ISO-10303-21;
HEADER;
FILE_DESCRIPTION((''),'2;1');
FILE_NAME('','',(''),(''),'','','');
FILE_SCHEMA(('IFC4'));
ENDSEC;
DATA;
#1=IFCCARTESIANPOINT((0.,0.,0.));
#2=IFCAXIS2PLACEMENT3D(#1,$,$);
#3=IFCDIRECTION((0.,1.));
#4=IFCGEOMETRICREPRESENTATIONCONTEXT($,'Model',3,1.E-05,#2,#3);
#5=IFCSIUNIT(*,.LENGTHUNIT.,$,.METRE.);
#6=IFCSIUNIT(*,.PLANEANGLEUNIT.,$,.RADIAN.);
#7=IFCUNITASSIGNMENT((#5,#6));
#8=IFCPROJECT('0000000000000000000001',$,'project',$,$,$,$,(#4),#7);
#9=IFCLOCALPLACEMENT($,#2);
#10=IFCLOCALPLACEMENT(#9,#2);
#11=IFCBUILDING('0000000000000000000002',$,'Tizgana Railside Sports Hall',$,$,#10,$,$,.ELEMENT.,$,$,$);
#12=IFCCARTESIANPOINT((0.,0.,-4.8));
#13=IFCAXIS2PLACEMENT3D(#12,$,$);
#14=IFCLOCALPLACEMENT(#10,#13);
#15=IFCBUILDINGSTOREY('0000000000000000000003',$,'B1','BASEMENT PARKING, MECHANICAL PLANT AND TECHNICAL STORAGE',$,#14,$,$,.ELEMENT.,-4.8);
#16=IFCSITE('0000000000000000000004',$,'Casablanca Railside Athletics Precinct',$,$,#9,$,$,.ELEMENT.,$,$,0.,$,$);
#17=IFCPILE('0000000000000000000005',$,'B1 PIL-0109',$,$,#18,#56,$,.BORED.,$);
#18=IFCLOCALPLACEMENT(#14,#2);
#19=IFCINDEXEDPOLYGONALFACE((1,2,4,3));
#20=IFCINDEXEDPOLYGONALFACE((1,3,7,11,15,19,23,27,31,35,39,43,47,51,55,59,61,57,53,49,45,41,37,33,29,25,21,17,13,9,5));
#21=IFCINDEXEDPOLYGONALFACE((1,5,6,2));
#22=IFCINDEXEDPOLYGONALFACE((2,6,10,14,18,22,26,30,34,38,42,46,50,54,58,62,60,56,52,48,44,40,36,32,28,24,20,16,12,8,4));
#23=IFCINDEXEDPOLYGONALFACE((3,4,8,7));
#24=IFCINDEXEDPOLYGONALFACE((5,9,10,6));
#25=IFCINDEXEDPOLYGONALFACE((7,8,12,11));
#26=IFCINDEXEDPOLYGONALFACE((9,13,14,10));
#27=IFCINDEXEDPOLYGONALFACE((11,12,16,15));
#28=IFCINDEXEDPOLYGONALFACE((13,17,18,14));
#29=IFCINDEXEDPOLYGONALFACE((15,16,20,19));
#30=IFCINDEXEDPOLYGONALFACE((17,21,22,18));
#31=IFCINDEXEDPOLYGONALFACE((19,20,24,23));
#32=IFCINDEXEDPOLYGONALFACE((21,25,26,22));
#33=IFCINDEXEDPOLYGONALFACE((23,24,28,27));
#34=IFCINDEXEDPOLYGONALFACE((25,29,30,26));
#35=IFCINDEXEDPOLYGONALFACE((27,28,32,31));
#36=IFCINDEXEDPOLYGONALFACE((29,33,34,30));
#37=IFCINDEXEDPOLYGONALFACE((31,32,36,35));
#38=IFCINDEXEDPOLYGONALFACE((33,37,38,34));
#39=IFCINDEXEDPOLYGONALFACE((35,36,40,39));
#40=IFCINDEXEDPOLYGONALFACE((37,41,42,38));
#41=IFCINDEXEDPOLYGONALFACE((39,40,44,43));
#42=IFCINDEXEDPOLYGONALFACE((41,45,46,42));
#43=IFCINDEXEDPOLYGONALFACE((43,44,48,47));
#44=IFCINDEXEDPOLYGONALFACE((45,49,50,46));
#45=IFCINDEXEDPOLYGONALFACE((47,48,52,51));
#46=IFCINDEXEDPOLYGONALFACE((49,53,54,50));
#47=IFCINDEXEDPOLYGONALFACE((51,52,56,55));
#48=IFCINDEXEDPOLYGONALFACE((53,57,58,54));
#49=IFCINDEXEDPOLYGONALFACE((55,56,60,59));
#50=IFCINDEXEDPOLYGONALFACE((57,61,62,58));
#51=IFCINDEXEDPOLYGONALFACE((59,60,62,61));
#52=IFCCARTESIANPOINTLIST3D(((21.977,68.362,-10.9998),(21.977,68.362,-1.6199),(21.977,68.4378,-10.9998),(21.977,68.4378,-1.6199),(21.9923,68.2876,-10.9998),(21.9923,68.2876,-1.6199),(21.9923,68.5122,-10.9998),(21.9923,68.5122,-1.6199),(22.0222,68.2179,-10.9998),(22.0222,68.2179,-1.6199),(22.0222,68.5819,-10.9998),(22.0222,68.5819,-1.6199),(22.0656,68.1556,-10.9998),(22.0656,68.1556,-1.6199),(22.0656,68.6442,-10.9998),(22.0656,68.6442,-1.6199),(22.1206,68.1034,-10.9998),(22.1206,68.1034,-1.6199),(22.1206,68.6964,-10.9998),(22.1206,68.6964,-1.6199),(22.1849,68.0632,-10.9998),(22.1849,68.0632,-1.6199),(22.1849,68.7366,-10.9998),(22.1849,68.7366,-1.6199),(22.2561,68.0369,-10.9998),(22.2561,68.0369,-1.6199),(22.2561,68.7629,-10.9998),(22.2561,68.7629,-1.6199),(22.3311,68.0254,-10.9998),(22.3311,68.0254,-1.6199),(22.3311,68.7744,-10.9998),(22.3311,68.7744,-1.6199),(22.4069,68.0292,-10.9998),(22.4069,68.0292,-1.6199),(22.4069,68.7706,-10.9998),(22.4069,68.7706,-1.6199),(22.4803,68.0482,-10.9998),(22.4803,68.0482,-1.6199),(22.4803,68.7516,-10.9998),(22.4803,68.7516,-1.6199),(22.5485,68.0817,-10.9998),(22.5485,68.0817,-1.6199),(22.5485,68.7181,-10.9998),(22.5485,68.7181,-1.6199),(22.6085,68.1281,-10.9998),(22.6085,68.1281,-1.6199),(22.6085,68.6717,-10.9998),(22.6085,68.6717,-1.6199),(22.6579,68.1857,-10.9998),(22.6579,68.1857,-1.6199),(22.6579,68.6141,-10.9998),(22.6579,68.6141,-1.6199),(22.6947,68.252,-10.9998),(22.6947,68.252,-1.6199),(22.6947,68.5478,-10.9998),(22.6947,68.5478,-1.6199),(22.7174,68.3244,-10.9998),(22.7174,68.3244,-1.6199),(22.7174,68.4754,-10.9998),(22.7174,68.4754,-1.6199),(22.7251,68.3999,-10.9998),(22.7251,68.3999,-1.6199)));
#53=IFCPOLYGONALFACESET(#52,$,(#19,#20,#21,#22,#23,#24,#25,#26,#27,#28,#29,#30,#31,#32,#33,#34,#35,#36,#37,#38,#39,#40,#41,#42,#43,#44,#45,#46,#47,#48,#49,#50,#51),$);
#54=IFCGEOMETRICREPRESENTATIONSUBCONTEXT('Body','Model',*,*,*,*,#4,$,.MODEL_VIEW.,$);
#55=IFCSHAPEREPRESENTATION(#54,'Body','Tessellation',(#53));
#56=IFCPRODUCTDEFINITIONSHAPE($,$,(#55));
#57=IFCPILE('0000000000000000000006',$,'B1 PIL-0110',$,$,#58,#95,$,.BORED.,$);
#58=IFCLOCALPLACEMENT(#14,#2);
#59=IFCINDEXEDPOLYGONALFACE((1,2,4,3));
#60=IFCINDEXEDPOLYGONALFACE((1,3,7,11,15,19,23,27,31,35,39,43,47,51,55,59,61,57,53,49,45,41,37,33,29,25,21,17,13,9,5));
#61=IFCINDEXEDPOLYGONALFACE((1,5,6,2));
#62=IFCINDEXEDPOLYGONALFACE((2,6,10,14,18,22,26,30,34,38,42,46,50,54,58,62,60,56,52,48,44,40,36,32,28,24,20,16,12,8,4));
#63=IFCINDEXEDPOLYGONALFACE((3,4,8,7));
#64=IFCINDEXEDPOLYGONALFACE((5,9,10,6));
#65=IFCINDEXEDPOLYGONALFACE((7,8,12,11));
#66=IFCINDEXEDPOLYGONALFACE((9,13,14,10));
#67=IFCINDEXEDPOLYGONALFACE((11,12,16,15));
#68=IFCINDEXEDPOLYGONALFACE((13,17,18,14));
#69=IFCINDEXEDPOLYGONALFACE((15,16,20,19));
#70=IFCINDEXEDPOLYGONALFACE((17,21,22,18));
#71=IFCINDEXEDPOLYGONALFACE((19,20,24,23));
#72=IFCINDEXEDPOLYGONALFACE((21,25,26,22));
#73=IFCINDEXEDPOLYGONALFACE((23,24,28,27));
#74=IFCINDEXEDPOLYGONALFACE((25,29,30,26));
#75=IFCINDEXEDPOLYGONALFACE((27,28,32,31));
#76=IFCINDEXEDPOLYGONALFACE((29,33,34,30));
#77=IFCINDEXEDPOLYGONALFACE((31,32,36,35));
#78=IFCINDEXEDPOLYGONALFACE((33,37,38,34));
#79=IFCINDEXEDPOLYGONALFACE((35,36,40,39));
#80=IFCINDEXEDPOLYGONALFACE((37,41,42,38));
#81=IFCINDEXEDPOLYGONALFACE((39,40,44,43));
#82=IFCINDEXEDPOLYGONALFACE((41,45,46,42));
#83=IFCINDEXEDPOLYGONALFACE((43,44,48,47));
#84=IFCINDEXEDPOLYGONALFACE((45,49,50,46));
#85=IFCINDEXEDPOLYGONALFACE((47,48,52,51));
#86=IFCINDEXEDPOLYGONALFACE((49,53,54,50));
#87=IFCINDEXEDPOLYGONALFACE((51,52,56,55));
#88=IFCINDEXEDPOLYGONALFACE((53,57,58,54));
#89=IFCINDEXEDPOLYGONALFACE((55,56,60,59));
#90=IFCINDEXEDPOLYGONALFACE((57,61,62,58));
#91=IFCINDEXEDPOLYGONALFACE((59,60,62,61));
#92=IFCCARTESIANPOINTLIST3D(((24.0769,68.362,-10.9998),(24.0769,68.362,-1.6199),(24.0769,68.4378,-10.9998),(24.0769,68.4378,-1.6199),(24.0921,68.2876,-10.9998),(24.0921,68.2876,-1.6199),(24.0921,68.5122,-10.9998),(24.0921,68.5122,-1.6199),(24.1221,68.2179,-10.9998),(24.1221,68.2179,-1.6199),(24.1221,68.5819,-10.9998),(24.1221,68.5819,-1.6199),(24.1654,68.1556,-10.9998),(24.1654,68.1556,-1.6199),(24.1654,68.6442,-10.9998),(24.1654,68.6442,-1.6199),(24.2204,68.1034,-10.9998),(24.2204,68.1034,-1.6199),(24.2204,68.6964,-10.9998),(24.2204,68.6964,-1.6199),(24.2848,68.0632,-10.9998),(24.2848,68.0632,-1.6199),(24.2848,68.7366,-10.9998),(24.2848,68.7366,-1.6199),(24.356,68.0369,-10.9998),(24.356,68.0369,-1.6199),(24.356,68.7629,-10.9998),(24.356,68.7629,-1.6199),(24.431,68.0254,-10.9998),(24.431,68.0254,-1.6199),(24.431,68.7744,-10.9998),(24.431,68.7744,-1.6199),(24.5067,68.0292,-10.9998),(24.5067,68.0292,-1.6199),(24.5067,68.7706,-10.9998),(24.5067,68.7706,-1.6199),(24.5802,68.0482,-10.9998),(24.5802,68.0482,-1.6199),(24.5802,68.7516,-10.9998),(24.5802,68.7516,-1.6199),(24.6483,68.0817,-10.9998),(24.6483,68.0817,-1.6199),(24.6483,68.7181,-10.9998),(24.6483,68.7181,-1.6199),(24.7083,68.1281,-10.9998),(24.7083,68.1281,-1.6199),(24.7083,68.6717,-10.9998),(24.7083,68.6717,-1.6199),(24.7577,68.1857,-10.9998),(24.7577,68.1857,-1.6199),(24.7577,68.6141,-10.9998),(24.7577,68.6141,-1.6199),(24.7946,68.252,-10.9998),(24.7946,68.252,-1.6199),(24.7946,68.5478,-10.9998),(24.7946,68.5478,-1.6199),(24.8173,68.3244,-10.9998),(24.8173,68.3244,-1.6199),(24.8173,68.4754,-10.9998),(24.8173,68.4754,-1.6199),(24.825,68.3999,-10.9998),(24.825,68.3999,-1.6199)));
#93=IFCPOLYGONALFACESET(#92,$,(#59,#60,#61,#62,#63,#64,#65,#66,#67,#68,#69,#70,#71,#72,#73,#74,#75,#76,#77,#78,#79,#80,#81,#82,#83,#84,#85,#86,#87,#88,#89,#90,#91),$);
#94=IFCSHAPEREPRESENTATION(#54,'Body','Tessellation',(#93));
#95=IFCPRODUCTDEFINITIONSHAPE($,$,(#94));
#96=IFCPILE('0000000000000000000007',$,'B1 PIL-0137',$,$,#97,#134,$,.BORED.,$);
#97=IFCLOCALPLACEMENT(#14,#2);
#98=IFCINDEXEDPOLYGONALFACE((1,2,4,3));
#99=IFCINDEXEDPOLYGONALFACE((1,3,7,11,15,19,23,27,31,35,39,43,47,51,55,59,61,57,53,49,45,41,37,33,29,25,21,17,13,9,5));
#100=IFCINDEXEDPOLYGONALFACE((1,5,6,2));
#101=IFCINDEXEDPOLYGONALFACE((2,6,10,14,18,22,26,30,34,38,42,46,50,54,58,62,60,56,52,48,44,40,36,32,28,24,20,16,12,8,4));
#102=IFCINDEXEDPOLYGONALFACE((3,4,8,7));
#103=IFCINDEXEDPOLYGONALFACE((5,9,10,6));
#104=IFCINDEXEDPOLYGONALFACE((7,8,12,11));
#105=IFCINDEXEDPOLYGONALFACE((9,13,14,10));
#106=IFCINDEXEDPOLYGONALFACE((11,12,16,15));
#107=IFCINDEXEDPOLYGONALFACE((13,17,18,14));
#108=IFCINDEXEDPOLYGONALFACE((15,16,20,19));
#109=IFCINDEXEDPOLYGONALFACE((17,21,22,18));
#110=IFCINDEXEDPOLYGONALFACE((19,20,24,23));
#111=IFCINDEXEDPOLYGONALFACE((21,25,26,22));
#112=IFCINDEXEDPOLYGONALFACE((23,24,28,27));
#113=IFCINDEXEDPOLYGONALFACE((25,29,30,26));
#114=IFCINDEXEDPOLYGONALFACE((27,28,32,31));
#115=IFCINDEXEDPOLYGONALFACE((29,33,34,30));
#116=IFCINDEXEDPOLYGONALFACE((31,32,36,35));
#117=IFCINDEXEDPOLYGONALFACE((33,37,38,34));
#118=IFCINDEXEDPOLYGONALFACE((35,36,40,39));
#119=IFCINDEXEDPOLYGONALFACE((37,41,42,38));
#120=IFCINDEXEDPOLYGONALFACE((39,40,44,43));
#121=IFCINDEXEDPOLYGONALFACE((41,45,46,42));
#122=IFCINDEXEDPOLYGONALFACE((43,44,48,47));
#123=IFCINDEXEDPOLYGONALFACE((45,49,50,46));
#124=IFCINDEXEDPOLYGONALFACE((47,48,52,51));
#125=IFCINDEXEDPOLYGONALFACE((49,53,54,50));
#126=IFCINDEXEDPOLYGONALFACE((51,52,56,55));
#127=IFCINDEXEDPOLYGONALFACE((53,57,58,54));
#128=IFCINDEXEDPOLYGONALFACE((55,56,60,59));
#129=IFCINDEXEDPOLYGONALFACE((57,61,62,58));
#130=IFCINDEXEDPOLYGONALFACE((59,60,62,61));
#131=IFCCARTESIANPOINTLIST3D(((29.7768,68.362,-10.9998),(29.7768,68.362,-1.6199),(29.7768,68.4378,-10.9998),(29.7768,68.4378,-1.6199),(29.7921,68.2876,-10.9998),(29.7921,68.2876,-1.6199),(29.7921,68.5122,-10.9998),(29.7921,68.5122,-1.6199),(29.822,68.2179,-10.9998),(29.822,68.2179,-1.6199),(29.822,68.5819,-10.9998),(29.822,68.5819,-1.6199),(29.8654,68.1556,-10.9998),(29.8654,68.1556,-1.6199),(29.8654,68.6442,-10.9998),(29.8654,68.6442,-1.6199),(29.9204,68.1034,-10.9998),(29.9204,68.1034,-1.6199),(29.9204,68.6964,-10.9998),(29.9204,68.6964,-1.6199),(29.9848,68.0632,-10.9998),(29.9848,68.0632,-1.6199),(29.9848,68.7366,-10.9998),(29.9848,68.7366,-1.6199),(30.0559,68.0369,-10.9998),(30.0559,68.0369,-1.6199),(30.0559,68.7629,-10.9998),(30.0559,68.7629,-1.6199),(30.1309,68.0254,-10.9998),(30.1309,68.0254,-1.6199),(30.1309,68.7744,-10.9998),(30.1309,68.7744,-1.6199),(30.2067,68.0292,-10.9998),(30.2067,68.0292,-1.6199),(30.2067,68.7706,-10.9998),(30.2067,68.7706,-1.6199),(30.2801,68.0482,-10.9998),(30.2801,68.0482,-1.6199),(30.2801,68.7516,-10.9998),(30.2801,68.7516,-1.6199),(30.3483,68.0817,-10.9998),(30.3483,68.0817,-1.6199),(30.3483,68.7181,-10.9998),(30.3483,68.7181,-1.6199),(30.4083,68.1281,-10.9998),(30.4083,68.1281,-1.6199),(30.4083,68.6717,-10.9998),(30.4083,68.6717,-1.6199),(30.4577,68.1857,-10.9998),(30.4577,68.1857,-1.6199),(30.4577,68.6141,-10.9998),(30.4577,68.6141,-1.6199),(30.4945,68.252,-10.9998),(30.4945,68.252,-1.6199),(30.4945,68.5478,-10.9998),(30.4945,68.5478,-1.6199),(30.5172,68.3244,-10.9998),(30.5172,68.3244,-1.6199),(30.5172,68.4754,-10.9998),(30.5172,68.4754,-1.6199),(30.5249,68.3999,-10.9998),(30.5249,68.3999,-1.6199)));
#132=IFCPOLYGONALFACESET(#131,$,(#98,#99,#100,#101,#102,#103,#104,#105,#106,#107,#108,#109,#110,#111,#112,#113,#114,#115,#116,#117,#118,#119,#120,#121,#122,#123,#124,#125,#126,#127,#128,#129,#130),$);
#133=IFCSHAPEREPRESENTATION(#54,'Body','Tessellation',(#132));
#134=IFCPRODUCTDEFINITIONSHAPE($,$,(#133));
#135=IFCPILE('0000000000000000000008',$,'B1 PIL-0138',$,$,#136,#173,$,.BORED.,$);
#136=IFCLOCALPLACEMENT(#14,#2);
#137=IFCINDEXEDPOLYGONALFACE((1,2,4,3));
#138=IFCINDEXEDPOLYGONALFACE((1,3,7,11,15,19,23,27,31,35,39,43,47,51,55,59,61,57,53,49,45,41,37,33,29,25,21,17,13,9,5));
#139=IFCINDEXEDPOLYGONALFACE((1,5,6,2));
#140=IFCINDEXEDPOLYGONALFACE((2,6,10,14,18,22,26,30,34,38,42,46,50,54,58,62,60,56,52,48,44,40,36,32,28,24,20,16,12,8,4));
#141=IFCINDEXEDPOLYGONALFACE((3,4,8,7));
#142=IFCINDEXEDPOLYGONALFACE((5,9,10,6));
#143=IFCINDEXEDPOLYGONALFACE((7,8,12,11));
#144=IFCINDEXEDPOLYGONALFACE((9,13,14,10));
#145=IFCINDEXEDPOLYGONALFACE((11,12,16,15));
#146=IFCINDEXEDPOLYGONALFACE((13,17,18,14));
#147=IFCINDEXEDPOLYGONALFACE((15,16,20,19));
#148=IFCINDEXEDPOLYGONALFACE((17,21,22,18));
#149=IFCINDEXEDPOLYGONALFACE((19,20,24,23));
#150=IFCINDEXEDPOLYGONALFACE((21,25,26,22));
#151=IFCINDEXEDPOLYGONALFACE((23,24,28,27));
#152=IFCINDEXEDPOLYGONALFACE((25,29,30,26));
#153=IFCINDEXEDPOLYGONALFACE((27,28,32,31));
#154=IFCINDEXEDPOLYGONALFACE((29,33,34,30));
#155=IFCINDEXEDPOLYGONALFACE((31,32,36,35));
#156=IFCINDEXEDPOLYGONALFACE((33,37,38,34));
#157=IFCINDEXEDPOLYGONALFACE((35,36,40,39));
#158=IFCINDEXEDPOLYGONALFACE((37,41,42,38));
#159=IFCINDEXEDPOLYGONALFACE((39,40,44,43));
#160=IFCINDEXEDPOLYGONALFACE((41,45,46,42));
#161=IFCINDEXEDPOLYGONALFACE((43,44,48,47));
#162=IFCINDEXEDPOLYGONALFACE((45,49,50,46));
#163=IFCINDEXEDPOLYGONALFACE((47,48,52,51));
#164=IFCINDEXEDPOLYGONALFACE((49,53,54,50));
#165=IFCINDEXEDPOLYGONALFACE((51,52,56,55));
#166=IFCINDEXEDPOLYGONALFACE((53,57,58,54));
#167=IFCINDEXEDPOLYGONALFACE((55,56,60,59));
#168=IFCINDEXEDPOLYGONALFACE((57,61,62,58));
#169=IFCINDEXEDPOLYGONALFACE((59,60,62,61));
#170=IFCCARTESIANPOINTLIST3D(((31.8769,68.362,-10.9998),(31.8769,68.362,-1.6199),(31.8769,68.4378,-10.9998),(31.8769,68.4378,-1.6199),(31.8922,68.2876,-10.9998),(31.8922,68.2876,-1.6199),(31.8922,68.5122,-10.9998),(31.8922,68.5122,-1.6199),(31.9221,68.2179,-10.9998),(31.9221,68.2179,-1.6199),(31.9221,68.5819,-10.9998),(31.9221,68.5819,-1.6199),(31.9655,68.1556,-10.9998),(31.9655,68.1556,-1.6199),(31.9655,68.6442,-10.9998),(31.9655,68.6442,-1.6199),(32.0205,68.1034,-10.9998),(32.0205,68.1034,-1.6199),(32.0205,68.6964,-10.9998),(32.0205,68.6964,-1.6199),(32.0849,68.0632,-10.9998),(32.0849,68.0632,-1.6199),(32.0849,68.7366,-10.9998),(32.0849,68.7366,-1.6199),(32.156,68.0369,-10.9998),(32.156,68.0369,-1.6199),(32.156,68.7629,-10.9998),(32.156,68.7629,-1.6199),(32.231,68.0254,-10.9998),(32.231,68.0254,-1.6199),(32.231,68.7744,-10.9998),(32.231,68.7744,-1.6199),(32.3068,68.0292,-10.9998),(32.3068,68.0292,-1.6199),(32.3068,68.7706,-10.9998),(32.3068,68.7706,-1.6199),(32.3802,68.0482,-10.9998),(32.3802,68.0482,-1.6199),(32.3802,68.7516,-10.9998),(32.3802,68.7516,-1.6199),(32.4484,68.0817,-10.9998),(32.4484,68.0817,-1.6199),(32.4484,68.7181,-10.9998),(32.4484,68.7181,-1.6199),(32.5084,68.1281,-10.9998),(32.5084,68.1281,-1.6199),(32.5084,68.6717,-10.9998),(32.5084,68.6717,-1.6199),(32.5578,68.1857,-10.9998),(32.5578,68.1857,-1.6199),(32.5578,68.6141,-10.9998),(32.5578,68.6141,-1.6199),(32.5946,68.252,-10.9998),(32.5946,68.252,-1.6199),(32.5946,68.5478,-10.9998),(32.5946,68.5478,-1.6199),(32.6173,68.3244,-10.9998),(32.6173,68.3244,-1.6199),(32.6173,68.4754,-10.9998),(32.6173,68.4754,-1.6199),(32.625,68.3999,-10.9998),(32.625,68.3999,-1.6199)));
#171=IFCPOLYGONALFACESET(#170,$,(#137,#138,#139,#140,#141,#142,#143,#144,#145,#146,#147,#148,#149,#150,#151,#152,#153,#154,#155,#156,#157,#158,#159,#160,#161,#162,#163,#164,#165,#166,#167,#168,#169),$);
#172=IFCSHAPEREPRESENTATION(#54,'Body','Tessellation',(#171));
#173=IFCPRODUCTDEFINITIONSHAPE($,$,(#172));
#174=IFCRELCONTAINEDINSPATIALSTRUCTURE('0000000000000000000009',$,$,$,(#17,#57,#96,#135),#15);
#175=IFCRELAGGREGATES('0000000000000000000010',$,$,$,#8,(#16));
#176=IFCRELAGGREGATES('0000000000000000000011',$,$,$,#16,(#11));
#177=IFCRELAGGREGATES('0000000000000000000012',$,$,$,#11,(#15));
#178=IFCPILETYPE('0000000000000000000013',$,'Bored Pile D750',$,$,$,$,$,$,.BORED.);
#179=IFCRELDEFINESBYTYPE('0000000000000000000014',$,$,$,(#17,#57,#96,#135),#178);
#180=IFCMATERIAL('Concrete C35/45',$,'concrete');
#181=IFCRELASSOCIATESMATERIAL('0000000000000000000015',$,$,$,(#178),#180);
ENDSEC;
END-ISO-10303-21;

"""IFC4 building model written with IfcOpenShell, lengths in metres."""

from ifc_helpers import new_model, si_unit, direction, frame, origin, origin_2d, place, context, subcontext, project, spatial, circle, extrude, material, material_profile, profile_set, type_object, element, save


model = new_model("IFC4")

# Units and contexts
model_context = context("Model", 3, precision=1e-05, world=origin(), true_north=direction((0.0, 1.0)))
body_context = subcontext(model_context, "Body", "Model", "MODEL_VIEW")
ifc_project = project(units=[si_unit("LENGTHUNIT", "METRE"), si_unit("PLANEANGLEUNIT", "RADIAN")], contexts=[model_context])

# Site, building, storey
site_placement = place(None, origin())
site = spatial("IfcSite", under=ifc_project, at=site_placement, Name="Casablanca Railside Athletics Precinct", CompositionType="ELEMENT", RefElevation=0.0)
building_placement = place(site_placement, origin())
building = spatial("IfcBuilding", under=site, at=building_placement, Name="Tizgana Railside Sports Hall", CompositionType="ELEMENT")
storey_placement = place(building_placement, frame((0.0, 0.0, -4.8)))
storey = spatial("IfcBuildingStorey", under=building, at=storey_placement, Name="B1", Description="BASEMENT PARKING, MECHANICAL PLANT AND TECHNICAL STORAGE", CompositionType="ELEMENT", Elevation=-4.8)

# Piles
ifc_material_1 = material(Name="Concrete C35/45", Category="concrete")
ifc_material_profile_1 = material_profile(ifc_material_1, circle(Radius=0.375, at=origin_2d()), Name="PILE D750")
ifc_profile_set_1 = profile_set([ifc_material_profile_1], Name="Concrete C35/45")
pile_type_1 = type_object("IfcPileType", Name="Bored Pile D750", PredefinedType="BORED", material=ifc_profile_set_1)
for number, where, z_axis, x_axis, name in (
    (1, (22.3501, 68.3999, -1.6199), (0.0, 0.0, -1.0), (1.0, 0.0, 0.0), "B1 PIL-0109"),
    (2, (24.45, 68.3999, -1.6199), (0.0, 0.0, -1.0), (1.0, 0.0, 0.0), "B1 PIL-0110"),
    (3, (30.1499, 68.3999, -1.6199), (0.0, 0.0, -1.0), (1.0, 0.0, 0.0), "B1 PIL-0137"),
    (4, (32.25, 68.3999, -1.6199), (0.0, 0.0, -1.0), (1.0, 0.0, 0.0), "B1 PIL-0138"),
):
    element("IfcPile", number, at=place(storey_placement, frame(where, z_axis=z_axis, x_axis=x_axis)), inside=storey, type_object=pile_type_1, Name=name, PredefinedType="BORED", context=body_context, shape_type="SweptSolid", body=[
        extrude(circle(Radius=0.375, at=origin_2d()), origin(), (0.0, 0.0, 1.0), 9.3799),
    ])

save(model, "model.ifc")
